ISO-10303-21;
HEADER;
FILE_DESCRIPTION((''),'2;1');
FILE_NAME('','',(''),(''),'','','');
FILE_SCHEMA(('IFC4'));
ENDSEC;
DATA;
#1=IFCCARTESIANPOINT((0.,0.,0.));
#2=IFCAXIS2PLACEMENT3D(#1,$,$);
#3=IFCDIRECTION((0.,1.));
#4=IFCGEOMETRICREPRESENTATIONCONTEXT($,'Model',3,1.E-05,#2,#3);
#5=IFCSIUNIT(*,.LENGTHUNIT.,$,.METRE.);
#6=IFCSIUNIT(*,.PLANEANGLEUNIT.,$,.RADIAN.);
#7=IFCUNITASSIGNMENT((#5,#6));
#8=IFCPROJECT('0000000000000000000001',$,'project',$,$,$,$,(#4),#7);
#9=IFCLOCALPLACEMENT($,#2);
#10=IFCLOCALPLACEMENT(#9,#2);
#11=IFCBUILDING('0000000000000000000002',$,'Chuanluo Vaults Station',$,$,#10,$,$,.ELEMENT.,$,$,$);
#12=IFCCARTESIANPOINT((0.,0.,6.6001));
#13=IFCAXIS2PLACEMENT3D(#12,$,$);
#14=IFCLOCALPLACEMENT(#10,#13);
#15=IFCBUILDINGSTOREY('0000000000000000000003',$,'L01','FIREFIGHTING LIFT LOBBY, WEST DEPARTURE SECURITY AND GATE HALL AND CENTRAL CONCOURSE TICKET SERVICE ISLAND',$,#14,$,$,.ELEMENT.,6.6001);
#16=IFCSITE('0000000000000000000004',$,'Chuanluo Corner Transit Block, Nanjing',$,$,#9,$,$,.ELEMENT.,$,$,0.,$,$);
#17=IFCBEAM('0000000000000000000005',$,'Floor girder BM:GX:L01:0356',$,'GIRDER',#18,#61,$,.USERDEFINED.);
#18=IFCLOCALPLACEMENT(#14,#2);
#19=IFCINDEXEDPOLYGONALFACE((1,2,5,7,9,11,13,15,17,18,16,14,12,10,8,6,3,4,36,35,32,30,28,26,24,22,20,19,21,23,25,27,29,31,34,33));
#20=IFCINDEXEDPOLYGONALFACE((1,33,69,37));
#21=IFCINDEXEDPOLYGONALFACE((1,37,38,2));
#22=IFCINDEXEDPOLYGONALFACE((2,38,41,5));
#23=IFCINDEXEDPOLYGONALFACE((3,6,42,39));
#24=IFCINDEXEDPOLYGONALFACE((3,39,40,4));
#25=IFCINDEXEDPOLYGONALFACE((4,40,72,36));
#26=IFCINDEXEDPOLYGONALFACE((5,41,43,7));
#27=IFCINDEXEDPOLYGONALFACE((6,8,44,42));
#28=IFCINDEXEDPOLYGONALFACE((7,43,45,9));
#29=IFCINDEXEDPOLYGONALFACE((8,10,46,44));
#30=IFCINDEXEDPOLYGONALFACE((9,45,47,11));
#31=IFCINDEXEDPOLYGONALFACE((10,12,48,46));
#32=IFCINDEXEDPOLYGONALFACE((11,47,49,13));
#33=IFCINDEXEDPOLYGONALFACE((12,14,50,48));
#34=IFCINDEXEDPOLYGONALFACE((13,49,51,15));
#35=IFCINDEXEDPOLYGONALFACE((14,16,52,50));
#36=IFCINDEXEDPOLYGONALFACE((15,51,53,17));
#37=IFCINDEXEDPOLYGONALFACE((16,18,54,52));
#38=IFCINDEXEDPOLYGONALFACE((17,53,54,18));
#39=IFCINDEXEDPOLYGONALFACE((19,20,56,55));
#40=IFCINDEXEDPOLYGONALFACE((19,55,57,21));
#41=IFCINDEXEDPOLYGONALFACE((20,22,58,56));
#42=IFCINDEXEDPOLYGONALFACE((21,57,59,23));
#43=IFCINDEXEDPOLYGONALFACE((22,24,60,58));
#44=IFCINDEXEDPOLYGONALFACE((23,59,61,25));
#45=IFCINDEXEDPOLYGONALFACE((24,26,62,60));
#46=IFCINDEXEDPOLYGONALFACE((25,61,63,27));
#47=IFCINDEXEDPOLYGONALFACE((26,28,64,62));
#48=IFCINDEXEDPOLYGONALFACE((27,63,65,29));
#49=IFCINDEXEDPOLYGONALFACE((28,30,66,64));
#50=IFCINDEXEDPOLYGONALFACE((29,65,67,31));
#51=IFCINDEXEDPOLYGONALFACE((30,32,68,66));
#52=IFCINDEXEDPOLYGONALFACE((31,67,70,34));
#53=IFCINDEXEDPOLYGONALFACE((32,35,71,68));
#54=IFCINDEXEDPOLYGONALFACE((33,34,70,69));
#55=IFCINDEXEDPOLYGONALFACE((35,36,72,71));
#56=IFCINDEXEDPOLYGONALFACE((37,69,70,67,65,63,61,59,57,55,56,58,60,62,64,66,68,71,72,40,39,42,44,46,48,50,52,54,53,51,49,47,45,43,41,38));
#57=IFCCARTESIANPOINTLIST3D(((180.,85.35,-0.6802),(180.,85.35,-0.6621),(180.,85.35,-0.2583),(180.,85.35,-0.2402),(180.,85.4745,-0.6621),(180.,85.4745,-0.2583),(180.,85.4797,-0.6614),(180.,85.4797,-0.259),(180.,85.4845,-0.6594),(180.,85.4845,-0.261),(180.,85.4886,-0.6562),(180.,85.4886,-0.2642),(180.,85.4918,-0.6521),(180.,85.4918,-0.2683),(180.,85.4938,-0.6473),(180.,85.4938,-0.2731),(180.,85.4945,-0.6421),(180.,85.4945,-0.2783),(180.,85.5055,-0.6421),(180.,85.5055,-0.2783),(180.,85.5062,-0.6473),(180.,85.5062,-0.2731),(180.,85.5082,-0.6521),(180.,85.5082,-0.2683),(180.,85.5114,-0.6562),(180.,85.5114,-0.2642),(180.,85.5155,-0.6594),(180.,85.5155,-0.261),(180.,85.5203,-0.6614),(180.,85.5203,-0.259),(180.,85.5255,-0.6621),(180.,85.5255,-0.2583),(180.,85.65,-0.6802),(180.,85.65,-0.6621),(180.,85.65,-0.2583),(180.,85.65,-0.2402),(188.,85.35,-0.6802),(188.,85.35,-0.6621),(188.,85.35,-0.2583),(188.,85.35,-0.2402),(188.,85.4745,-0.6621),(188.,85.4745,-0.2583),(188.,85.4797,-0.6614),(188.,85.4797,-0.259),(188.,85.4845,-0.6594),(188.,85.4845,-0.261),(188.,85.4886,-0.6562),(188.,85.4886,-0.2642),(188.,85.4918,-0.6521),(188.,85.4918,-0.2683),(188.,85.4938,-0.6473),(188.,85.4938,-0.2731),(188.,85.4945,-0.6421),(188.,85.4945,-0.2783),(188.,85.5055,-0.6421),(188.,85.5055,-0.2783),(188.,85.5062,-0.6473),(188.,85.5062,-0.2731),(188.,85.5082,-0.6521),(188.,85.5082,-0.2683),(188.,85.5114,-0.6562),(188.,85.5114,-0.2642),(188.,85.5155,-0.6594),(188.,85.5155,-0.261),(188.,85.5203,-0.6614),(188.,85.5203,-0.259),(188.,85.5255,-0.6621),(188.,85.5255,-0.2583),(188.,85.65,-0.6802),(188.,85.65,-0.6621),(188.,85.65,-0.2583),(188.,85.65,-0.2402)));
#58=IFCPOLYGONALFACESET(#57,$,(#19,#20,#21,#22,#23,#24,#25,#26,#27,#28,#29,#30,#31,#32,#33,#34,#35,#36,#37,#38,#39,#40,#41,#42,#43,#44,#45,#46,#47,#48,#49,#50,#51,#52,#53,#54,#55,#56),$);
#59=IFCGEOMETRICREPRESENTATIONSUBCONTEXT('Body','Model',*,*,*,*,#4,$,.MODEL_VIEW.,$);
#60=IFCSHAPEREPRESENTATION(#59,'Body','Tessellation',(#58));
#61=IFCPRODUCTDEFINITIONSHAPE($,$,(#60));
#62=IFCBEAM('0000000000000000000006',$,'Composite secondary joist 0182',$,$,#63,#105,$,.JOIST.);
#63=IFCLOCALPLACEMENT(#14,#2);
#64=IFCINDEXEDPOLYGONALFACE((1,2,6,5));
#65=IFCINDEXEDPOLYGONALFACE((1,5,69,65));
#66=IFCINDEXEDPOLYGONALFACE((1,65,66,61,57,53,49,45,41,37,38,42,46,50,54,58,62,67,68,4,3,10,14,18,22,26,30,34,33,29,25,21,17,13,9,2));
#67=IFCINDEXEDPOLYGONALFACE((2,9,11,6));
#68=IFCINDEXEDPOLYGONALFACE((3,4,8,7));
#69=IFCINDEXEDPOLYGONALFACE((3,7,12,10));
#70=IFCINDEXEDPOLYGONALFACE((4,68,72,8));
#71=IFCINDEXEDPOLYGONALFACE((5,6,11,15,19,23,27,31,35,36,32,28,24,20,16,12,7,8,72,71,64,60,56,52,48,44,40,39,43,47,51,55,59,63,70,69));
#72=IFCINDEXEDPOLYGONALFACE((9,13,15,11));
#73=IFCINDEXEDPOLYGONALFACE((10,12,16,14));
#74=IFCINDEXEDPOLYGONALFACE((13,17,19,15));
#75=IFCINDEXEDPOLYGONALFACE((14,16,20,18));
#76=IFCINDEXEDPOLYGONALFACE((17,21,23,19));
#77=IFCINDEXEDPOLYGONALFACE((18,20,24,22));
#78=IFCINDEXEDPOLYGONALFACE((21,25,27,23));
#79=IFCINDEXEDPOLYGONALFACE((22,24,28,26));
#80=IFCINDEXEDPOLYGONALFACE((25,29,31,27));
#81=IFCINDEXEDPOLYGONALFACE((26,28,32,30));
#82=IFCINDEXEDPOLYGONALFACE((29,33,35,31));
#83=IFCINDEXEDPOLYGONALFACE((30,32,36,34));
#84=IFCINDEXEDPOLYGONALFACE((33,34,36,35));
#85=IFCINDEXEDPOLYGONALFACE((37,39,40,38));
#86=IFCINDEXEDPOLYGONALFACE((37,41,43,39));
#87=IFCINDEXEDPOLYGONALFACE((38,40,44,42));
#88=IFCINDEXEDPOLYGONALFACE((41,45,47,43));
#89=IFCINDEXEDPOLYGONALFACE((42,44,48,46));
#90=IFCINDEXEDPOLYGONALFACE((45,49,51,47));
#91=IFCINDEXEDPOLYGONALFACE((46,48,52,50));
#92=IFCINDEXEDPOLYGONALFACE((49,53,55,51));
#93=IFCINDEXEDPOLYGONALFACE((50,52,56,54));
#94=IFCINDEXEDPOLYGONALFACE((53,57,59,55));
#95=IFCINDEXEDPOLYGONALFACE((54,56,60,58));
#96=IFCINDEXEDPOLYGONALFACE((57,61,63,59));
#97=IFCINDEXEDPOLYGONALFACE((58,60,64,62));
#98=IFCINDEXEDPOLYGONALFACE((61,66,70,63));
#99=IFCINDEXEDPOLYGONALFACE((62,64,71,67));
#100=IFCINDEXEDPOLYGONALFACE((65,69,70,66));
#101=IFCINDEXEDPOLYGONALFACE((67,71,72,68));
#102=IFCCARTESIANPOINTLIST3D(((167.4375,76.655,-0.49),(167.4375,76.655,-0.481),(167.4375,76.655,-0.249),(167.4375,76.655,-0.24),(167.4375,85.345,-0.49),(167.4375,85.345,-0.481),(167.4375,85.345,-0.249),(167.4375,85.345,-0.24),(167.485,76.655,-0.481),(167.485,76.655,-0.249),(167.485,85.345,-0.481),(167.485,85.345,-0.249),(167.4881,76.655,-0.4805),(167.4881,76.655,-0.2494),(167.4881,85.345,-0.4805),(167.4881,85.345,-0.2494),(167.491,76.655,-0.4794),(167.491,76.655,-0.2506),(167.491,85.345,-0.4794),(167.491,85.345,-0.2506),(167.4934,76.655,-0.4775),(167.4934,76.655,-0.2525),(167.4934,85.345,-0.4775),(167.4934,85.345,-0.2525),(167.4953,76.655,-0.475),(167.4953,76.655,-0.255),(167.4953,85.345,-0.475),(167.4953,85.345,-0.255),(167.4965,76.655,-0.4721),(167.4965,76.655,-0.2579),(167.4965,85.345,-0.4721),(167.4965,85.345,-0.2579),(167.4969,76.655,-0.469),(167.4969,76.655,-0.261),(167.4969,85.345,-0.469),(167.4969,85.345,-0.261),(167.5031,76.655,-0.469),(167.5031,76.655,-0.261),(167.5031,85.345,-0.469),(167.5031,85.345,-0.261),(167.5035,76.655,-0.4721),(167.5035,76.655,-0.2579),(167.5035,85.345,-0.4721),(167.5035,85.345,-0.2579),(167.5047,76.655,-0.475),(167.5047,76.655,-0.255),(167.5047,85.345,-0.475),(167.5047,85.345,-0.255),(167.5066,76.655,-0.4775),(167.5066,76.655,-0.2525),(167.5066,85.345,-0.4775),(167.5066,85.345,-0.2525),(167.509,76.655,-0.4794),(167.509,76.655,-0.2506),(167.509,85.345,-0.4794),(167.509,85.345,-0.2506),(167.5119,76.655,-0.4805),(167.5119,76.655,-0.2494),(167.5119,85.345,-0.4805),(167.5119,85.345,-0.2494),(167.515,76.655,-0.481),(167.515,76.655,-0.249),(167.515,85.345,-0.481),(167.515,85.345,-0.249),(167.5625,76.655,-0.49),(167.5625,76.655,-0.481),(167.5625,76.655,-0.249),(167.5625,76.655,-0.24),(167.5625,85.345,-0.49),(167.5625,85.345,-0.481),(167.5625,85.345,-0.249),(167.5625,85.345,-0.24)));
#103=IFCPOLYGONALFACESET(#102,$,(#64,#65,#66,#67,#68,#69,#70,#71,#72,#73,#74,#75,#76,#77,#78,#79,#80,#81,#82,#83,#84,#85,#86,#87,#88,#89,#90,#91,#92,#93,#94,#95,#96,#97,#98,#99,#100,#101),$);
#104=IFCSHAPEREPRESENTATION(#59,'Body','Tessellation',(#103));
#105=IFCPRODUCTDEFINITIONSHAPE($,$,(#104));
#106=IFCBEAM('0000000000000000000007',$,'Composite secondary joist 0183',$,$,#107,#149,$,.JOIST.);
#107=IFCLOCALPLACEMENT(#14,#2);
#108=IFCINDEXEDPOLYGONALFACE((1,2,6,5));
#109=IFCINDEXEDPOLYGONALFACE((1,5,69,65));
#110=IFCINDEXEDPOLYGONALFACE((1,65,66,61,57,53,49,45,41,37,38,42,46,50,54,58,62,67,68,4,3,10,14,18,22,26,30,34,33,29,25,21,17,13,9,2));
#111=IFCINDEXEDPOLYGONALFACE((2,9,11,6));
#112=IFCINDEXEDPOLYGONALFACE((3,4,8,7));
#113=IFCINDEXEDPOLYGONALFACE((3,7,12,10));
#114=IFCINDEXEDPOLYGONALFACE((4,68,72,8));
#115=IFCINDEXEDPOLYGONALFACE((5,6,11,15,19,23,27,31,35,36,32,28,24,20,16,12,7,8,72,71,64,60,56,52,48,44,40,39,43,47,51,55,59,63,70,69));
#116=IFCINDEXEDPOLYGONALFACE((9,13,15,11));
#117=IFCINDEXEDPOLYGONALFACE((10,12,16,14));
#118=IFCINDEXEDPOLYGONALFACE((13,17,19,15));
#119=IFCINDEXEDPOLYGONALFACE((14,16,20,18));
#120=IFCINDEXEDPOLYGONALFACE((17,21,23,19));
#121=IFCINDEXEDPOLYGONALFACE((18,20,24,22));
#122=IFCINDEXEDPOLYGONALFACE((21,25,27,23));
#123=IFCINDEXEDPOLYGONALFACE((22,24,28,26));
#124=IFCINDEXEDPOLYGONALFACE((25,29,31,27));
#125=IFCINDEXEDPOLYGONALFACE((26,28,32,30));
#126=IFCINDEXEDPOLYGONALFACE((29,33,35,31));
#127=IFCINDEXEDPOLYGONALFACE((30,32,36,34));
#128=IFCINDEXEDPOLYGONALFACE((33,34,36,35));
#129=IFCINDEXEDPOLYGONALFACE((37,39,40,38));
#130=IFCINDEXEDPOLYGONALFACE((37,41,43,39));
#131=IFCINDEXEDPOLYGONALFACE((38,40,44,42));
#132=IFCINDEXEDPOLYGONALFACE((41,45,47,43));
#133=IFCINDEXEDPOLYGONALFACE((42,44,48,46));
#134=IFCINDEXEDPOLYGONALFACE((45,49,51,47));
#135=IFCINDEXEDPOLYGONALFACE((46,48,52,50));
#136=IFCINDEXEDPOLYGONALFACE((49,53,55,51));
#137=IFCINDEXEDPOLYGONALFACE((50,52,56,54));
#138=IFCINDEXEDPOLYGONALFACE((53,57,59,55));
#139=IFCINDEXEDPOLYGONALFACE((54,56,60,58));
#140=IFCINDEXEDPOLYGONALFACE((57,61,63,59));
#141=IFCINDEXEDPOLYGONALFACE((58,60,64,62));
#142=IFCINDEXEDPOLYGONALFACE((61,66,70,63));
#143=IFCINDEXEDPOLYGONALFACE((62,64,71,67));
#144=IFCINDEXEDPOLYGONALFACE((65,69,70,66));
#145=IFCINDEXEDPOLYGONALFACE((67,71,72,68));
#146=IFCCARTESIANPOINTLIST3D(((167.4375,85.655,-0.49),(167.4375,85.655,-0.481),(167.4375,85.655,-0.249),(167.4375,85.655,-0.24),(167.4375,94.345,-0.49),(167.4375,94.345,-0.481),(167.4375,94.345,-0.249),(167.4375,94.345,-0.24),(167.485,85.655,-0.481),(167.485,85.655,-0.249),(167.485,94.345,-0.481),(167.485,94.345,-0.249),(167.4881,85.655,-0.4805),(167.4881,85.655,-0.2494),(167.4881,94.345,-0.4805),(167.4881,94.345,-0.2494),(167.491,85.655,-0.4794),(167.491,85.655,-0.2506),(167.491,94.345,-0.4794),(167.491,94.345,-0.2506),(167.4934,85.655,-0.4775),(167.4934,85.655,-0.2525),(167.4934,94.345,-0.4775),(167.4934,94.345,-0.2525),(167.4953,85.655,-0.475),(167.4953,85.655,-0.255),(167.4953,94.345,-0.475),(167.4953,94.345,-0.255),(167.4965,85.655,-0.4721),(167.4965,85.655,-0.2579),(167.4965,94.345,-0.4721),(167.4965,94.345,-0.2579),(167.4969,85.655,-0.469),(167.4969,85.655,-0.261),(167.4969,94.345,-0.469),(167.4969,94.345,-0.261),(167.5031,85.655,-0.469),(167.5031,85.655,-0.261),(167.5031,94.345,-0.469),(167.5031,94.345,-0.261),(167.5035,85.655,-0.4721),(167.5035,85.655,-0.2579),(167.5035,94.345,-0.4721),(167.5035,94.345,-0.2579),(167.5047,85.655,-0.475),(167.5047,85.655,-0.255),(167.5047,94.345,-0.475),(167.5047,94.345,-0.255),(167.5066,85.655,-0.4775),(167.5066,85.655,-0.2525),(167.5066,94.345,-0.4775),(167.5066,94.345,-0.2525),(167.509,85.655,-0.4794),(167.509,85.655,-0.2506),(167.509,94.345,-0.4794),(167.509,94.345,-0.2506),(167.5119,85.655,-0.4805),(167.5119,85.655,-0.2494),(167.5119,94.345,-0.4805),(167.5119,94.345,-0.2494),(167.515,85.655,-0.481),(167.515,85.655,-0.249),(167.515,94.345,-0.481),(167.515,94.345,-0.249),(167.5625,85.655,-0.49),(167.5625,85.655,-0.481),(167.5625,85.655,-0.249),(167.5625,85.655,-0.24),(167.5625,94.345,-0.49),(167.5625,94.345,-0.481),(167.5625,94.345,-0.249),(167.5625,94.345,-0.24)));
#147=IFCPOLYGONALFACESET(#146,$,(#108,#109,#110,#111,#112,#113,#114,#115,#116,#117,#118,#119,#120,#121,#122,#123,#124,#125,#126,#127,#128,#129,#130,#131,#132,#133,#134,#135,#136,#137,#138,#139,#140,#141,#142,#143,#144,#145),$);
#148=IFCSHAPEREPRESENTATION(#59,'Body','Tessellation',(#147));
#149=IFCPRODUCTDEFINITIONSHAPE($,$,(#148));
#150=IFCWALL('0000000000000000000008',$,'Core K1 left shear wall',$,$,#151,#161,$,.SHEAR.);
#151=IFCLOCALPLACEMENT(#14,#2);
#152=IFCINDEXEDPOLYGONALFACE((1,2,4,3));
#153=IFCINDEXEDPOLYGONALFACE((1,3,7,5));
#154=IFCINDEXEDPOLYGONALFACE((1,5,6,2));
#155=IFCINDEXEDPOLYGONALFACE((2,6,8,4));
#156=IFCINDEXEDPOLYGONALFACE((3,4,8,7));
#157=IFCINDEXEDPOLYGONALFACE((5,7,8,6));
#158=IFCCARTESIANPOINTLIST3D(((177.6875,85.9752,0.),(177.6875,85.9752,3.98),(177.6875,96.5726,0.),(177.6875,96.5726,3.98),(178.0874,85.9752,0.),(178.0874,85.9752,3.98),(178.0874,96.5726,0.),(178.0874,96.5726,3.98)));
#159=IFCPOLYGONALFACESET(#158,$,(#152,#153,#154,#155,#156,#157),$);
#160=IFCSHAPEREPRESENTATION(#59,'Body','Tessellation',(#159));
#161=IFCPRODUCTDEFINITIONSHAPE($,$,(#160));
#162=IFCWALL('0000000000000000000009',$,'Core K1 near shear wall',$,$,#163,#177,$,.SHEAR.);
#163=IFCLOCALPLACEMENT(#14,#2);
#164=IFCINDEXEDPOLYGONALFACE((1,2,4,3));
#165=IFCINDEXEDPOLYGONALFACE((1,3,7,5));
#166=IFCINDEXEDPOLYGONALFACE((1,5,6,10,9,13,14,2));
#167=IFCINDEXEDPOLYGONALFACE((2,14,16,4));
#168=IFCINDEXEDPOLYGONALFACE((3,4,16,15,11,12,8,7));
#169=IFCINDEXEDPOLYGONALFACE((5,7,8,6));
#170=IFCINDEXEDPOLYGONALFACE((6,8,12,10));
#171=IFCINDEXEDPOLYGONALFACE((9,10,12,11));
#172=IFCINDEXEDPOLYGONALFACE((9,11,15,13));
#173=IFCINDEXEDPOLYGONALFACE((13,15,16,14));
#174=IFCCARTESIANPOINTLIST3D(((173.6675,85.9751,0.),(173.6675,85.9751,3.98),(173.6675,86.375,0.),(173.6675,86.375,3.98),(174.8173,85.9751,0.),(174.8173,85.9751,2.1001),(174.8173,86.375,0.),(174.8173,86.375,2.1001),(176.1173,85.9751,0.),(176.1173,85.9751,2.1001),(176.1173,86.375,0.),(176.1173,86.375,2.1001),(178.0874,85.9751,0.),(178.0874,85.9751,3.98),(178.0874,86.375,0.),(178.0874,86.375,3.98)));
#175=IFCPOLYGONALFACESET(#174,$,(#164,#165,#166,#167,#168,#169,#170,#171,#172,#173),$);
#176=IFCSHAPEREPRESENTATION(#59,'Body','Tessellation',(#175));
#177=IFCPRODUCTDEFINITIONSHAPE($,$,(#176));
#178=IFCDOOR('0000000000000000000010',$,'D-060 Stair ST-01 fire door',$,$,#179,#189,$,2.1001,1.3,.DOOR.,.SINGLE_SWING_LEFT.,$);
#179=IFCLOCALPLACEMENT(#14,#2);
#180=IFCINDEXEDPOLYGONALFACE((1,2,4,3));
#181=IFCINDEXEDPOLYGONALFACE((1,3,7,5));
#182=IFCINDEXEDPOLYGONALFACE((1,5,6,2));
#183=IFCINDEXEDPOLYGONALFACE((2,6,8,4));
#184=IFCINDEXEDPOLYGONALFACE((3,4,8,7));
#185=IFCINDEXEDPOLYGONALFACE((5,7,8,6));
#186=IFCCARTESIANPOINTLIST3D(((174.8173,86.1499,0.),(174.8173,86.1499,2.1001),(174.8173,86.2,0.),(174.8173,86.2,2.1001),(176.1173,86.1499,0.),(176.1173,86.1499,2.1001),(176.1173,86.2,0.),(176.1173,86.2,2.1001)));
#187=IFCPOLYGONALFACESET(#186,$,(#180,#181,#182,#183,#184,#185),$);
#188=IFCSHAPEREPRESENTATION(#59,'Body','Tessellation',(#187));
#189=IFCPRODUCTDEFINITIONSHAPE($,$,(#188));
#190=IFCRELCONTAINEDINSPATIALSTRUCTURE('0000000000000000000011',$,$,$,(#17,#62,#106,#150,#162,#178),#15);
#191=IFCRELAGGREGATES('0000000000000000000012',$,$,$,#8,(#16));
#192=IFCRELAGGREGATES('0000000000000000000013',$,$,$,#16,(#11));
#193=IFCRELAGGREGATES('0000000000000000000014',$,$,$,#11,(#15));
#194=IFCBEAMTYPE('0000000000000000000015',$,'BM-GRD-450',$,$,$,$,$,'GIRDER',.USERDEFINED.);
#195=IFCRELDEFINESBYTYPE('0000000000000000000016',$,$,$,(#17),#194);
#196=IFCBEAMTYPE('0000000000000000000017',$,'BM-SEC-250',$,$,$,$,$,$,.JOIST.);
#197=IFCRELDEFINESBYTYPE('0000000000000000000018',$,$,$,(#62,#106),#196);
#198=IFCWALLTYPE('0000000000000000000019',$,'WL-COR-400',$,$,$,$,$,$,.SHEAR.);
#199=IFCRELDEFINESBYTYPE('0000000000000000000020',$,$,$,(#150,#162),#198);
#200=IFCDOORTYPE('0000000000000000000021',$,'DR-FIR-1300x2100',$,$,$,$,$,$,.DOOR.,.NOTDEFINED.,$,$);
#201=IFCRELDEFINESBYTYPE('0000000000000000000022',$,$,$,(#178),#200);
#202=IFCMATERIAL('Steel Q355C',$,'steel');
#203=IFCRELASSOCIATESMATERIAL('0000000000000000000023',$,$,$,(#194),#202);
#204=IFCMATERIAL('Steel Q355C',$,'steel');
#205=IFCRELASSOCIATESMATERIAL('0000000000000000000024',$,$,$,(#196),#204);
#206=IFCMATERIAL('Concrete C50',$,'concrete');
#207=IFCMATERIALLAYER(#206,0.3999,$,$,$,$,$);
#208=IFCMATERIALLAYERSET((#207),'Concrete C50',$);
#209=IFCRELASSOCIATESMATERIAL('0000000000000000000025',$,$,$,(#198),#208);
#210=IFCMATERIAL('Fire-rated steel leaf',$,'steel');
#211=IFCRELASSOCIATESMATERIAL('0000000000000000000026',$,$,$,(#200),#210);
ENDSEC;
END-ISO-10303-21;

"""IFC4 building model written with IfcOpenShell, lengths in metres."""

from ifc_helpers import new_model, si_unit, direction, frame, frame_2d, origin, origin_2d, place, context, subcontext, project, spatial, rectangle, i_section, extrude, material, layer, layer_set, material_profile, profile_set, type_object, element, fill, save


model = new_model("IFC4")

# Units and contexts
model_context = context("Model", 3, precision=1e-05, world=origin(), true_north=direction((0.0, 1.0)))
body_context = subcontext(model_context, "Body", "Model", "MODEL_VIEW")
ifc_project = project(units=[si_unit("LENGTHUNIT", "METRE"), si_unit("PLANEANGLEUNIT", "RADIAN")], contexts=[model_context])

# Site, building, storey
site_placement = place(None, origin())
site = spatial("IfcSite", under=ifc_project, at=site_placement, Name="Chuanluo Corner Transit Block, Nanjing", CompositionType="ELEMENT", RefElevation=0.0)
building_placement = place(site_placement, origin())
building = spatial("IfcBuilding", under=site, at=building_placement, Name="Chuanluo Vaults Station", CompositionType="ELEMENT")
storey_placement = place(building_placement, frame((0.0, 0.0, 6.6001)))
storey = spatial("IfcBuildingStorey", under=building, at=storey_placement, Name="L01", Description="FIREFIGHTING LIFT LOBBY, WEST DEPARTURE SECURITY AND GATE HALL AND CENTRAL CONCOURSE TICKET SERVICE ISLAND", CompositionType="ELEMENT", Elevation=6.6001)

# Beams
ifc_material_1 = material(Name="Steel Q355C", Category="steel")
ifc_material_profile_1 = material_profile(ifc_material_1, i_section(OverallWidth=0.3, OverallDepth=0.4399, WebThickness=0.011, FlangeThickness=0.0181, FilletRadius=0.02, at=origin_2d()))
ifc_profile_set_1 = profile_set([ifc_material_profile_1], Name="Steel Q355C")
beam_type_1 = type_object("IfcBeamType", Name="BM-GRD-450", ElementType="GIRDER", PredefinedType="USERDEFINED", material=ifc_profile_set_1)
for number, where, z_axis, x_axis, name in (
    (1, (180.0, 85.5, -0.4602), (1.0, 0.0, 0.0), (0.0, 1.0, 0.0), "Floor girder BM:GX:L01:0356"),
):
    element("IfcBeam", number, at=place(storey_placement, frame(where, z_axis=z_axis, x_axis=x_axis)), inside=storey, type_object=beam_type_1, Name=name, ObjectType="GIRDER", PredefinedType="USERDEFINED", context=body_context, shape_type="SweptSolid", body=[
        extrude(i_section(OverallWidth=0.3, OverallDepth=0.4399, WebThickness=0.011, FlangeThickness=0.0181, FilletRadius=0.02, at=origin_2d()), origin(), (0.0, 0.0, 1.0), 8.0),
    ])
ifc_material_2 = material(Name="Steel Q355C", Category="steel")
ifc_material_profile_2 = material_profile(ifc_material_2, i_section(OverallWidth=0.125, OverallDepth=0.25, WebThickness=0.0061, FlangeThickness=0.009, FilletRadius=0.012, at=origin_2d()))
ifc_profile_set_2 = profile_set([ifc_material_profile_2], Name="Steel Q355C")
beam_type_2 = type_object("IfcBeamType", Name="BM-SEC-250", PredefinedType="JOIST", material=ifc_profile_set_2)
for number, where, z_axis, x_axis, name in (
    (2, (167.5, 76.655, -0.365), (0.0, 1.0, 0.0), (-1.0, 0.0, 0.0), "Composite secondary joist 0182"),
    (3, (167.5, 85.655, -0.365), (0.0, 1.0, 0.0), (-1.0, 0.0, 0.0), "Composite secondary joist 0183"),
):
    element("IfcBeam", number, at=place(storey_placement, frame(where, z_axis=z_axis, x_axis=x_axis)), inside=storey, type_object=beam_type_2, Name=name, PredefinedType="JOIST", context=body_context, shape_type="SweptSolid", body=[
        extrude(i_section(OverallWidth=0.125, OverallDepth=0.25, WebThickness=0.0061, FlangeThickness=0.009, FilletRadius=0.012, at=origin_2d()), origin(), (0.0, 0.0, 1.0), 8.6899),
    ])

# Wall
ifc_material_3 = material(Name="Concrete C50", Category="concrete")
ifc_layer_1 = layer(ifc_material_3, 0.3999)
ifc_layer_set_1 = layer_set([ifc_layer_1], Name="Concrete C50")
wall_type_1 = type_object("IfcWallType", Name="WL-COR-400", PredefinedType="SHEAR", material=ifc_layer_set_1)
wall_1_placement = place(storey_placement, frame((177.8875, 85.9751, 0.0), z_axis=(0.0, 0.0, 1.0), x_axis=(0.0, 1.0, 0.0)))
element("IfcWall", 4, at=wall_1_placement, inside=storey, type_object=wall_type_1, Name="Core K1 left shear wall", PredefinedType="SHEAR", context=body_context, shape_type="SweptSolid", body=[
    extrude(rectangle(XDim=10.5974, YDim=0.3999, at=frame_2d((5.2988, 0.0))), origin(), (0.0, 0.0, 1.0), 3.98),
])

# Wall, opening, door
wall_2_placement = place(storey_placement, frame((173.6675, 86.175, 0.0), z_axis=(0.0, 0.0, 1.0), x_axis=(1.0, 0.0, 0.0)))
wall_2 = element("IfcWall", 5, at=wall_2_placement, inside=storey, type_object=wall_type_1, Name="Core K1 near shear wall", PredefinedType="SHEAR", context=body_context, shape_type="SweptSolid", body=[
    extrude(rectangle(XDim=4.4199, YDim=0.3999, at=frame_2d((2.21, 0.0))), origin(), (0.0, 0.0, 1.0), 3.98),
])
opening_1_placement = place(wall_2_placement, frame((1.1499, 0.0, 0.0)))
opening_1 = element("IfcOpeningElement", 6, at=opening_1_placement, cuts=wall_2, PredefinedType="OPENING", context=body_context, shape_type="SweptSolid", body=[
    extrude(rectangle(XDim=1.3, YDim=2.1001, at=frame_2d((0.6499, 1.05))), frame((0.0, 0.2099, 0.0), z_axis=(0.0, -1.0, 0.0), x_axis=(1.0, 0.0, 0.0)), (0.0, 0.0, 1.0), 0.4199),
])
ifc_material_4 = material(Name="Fire-rated steel leaf", Category="steel")
door_type_1 = type_object("IfcDoorType", Name="DR-FIR-1300x2100", OperationType="NOTDEFINED", PredefinedType="DOOR", material=ifc_material_4)
door_1_placement = place(opening_1_placement, origin())
door_1 = element("IfcDoor", 7, at=door_1_placement, inside=storey, type_object=door_type_1, Name="D-060 Stair ST-01 fire door", OperationType="SINGLE_SWING_LEFT", OverallHeight=2.1001, OverallWidth=1.3, PredefinedType="DOOR", context=body_context, shape_type="SweptSolid", body=[
    extrude(rectangle(XDim=1.3, YDim=2.1001, at=frame_2d((0.6499, 1.05))), frame((0.0, 0.0249, 0.0), z_axis=(0.0, -1.0, 0.0), x_axis=(1.0, 0.0, 0.0)), (0.0, 0.0, 1.0), 0.05),
])
fill(opening_1, door_1)

save(model, "model.ifc")
